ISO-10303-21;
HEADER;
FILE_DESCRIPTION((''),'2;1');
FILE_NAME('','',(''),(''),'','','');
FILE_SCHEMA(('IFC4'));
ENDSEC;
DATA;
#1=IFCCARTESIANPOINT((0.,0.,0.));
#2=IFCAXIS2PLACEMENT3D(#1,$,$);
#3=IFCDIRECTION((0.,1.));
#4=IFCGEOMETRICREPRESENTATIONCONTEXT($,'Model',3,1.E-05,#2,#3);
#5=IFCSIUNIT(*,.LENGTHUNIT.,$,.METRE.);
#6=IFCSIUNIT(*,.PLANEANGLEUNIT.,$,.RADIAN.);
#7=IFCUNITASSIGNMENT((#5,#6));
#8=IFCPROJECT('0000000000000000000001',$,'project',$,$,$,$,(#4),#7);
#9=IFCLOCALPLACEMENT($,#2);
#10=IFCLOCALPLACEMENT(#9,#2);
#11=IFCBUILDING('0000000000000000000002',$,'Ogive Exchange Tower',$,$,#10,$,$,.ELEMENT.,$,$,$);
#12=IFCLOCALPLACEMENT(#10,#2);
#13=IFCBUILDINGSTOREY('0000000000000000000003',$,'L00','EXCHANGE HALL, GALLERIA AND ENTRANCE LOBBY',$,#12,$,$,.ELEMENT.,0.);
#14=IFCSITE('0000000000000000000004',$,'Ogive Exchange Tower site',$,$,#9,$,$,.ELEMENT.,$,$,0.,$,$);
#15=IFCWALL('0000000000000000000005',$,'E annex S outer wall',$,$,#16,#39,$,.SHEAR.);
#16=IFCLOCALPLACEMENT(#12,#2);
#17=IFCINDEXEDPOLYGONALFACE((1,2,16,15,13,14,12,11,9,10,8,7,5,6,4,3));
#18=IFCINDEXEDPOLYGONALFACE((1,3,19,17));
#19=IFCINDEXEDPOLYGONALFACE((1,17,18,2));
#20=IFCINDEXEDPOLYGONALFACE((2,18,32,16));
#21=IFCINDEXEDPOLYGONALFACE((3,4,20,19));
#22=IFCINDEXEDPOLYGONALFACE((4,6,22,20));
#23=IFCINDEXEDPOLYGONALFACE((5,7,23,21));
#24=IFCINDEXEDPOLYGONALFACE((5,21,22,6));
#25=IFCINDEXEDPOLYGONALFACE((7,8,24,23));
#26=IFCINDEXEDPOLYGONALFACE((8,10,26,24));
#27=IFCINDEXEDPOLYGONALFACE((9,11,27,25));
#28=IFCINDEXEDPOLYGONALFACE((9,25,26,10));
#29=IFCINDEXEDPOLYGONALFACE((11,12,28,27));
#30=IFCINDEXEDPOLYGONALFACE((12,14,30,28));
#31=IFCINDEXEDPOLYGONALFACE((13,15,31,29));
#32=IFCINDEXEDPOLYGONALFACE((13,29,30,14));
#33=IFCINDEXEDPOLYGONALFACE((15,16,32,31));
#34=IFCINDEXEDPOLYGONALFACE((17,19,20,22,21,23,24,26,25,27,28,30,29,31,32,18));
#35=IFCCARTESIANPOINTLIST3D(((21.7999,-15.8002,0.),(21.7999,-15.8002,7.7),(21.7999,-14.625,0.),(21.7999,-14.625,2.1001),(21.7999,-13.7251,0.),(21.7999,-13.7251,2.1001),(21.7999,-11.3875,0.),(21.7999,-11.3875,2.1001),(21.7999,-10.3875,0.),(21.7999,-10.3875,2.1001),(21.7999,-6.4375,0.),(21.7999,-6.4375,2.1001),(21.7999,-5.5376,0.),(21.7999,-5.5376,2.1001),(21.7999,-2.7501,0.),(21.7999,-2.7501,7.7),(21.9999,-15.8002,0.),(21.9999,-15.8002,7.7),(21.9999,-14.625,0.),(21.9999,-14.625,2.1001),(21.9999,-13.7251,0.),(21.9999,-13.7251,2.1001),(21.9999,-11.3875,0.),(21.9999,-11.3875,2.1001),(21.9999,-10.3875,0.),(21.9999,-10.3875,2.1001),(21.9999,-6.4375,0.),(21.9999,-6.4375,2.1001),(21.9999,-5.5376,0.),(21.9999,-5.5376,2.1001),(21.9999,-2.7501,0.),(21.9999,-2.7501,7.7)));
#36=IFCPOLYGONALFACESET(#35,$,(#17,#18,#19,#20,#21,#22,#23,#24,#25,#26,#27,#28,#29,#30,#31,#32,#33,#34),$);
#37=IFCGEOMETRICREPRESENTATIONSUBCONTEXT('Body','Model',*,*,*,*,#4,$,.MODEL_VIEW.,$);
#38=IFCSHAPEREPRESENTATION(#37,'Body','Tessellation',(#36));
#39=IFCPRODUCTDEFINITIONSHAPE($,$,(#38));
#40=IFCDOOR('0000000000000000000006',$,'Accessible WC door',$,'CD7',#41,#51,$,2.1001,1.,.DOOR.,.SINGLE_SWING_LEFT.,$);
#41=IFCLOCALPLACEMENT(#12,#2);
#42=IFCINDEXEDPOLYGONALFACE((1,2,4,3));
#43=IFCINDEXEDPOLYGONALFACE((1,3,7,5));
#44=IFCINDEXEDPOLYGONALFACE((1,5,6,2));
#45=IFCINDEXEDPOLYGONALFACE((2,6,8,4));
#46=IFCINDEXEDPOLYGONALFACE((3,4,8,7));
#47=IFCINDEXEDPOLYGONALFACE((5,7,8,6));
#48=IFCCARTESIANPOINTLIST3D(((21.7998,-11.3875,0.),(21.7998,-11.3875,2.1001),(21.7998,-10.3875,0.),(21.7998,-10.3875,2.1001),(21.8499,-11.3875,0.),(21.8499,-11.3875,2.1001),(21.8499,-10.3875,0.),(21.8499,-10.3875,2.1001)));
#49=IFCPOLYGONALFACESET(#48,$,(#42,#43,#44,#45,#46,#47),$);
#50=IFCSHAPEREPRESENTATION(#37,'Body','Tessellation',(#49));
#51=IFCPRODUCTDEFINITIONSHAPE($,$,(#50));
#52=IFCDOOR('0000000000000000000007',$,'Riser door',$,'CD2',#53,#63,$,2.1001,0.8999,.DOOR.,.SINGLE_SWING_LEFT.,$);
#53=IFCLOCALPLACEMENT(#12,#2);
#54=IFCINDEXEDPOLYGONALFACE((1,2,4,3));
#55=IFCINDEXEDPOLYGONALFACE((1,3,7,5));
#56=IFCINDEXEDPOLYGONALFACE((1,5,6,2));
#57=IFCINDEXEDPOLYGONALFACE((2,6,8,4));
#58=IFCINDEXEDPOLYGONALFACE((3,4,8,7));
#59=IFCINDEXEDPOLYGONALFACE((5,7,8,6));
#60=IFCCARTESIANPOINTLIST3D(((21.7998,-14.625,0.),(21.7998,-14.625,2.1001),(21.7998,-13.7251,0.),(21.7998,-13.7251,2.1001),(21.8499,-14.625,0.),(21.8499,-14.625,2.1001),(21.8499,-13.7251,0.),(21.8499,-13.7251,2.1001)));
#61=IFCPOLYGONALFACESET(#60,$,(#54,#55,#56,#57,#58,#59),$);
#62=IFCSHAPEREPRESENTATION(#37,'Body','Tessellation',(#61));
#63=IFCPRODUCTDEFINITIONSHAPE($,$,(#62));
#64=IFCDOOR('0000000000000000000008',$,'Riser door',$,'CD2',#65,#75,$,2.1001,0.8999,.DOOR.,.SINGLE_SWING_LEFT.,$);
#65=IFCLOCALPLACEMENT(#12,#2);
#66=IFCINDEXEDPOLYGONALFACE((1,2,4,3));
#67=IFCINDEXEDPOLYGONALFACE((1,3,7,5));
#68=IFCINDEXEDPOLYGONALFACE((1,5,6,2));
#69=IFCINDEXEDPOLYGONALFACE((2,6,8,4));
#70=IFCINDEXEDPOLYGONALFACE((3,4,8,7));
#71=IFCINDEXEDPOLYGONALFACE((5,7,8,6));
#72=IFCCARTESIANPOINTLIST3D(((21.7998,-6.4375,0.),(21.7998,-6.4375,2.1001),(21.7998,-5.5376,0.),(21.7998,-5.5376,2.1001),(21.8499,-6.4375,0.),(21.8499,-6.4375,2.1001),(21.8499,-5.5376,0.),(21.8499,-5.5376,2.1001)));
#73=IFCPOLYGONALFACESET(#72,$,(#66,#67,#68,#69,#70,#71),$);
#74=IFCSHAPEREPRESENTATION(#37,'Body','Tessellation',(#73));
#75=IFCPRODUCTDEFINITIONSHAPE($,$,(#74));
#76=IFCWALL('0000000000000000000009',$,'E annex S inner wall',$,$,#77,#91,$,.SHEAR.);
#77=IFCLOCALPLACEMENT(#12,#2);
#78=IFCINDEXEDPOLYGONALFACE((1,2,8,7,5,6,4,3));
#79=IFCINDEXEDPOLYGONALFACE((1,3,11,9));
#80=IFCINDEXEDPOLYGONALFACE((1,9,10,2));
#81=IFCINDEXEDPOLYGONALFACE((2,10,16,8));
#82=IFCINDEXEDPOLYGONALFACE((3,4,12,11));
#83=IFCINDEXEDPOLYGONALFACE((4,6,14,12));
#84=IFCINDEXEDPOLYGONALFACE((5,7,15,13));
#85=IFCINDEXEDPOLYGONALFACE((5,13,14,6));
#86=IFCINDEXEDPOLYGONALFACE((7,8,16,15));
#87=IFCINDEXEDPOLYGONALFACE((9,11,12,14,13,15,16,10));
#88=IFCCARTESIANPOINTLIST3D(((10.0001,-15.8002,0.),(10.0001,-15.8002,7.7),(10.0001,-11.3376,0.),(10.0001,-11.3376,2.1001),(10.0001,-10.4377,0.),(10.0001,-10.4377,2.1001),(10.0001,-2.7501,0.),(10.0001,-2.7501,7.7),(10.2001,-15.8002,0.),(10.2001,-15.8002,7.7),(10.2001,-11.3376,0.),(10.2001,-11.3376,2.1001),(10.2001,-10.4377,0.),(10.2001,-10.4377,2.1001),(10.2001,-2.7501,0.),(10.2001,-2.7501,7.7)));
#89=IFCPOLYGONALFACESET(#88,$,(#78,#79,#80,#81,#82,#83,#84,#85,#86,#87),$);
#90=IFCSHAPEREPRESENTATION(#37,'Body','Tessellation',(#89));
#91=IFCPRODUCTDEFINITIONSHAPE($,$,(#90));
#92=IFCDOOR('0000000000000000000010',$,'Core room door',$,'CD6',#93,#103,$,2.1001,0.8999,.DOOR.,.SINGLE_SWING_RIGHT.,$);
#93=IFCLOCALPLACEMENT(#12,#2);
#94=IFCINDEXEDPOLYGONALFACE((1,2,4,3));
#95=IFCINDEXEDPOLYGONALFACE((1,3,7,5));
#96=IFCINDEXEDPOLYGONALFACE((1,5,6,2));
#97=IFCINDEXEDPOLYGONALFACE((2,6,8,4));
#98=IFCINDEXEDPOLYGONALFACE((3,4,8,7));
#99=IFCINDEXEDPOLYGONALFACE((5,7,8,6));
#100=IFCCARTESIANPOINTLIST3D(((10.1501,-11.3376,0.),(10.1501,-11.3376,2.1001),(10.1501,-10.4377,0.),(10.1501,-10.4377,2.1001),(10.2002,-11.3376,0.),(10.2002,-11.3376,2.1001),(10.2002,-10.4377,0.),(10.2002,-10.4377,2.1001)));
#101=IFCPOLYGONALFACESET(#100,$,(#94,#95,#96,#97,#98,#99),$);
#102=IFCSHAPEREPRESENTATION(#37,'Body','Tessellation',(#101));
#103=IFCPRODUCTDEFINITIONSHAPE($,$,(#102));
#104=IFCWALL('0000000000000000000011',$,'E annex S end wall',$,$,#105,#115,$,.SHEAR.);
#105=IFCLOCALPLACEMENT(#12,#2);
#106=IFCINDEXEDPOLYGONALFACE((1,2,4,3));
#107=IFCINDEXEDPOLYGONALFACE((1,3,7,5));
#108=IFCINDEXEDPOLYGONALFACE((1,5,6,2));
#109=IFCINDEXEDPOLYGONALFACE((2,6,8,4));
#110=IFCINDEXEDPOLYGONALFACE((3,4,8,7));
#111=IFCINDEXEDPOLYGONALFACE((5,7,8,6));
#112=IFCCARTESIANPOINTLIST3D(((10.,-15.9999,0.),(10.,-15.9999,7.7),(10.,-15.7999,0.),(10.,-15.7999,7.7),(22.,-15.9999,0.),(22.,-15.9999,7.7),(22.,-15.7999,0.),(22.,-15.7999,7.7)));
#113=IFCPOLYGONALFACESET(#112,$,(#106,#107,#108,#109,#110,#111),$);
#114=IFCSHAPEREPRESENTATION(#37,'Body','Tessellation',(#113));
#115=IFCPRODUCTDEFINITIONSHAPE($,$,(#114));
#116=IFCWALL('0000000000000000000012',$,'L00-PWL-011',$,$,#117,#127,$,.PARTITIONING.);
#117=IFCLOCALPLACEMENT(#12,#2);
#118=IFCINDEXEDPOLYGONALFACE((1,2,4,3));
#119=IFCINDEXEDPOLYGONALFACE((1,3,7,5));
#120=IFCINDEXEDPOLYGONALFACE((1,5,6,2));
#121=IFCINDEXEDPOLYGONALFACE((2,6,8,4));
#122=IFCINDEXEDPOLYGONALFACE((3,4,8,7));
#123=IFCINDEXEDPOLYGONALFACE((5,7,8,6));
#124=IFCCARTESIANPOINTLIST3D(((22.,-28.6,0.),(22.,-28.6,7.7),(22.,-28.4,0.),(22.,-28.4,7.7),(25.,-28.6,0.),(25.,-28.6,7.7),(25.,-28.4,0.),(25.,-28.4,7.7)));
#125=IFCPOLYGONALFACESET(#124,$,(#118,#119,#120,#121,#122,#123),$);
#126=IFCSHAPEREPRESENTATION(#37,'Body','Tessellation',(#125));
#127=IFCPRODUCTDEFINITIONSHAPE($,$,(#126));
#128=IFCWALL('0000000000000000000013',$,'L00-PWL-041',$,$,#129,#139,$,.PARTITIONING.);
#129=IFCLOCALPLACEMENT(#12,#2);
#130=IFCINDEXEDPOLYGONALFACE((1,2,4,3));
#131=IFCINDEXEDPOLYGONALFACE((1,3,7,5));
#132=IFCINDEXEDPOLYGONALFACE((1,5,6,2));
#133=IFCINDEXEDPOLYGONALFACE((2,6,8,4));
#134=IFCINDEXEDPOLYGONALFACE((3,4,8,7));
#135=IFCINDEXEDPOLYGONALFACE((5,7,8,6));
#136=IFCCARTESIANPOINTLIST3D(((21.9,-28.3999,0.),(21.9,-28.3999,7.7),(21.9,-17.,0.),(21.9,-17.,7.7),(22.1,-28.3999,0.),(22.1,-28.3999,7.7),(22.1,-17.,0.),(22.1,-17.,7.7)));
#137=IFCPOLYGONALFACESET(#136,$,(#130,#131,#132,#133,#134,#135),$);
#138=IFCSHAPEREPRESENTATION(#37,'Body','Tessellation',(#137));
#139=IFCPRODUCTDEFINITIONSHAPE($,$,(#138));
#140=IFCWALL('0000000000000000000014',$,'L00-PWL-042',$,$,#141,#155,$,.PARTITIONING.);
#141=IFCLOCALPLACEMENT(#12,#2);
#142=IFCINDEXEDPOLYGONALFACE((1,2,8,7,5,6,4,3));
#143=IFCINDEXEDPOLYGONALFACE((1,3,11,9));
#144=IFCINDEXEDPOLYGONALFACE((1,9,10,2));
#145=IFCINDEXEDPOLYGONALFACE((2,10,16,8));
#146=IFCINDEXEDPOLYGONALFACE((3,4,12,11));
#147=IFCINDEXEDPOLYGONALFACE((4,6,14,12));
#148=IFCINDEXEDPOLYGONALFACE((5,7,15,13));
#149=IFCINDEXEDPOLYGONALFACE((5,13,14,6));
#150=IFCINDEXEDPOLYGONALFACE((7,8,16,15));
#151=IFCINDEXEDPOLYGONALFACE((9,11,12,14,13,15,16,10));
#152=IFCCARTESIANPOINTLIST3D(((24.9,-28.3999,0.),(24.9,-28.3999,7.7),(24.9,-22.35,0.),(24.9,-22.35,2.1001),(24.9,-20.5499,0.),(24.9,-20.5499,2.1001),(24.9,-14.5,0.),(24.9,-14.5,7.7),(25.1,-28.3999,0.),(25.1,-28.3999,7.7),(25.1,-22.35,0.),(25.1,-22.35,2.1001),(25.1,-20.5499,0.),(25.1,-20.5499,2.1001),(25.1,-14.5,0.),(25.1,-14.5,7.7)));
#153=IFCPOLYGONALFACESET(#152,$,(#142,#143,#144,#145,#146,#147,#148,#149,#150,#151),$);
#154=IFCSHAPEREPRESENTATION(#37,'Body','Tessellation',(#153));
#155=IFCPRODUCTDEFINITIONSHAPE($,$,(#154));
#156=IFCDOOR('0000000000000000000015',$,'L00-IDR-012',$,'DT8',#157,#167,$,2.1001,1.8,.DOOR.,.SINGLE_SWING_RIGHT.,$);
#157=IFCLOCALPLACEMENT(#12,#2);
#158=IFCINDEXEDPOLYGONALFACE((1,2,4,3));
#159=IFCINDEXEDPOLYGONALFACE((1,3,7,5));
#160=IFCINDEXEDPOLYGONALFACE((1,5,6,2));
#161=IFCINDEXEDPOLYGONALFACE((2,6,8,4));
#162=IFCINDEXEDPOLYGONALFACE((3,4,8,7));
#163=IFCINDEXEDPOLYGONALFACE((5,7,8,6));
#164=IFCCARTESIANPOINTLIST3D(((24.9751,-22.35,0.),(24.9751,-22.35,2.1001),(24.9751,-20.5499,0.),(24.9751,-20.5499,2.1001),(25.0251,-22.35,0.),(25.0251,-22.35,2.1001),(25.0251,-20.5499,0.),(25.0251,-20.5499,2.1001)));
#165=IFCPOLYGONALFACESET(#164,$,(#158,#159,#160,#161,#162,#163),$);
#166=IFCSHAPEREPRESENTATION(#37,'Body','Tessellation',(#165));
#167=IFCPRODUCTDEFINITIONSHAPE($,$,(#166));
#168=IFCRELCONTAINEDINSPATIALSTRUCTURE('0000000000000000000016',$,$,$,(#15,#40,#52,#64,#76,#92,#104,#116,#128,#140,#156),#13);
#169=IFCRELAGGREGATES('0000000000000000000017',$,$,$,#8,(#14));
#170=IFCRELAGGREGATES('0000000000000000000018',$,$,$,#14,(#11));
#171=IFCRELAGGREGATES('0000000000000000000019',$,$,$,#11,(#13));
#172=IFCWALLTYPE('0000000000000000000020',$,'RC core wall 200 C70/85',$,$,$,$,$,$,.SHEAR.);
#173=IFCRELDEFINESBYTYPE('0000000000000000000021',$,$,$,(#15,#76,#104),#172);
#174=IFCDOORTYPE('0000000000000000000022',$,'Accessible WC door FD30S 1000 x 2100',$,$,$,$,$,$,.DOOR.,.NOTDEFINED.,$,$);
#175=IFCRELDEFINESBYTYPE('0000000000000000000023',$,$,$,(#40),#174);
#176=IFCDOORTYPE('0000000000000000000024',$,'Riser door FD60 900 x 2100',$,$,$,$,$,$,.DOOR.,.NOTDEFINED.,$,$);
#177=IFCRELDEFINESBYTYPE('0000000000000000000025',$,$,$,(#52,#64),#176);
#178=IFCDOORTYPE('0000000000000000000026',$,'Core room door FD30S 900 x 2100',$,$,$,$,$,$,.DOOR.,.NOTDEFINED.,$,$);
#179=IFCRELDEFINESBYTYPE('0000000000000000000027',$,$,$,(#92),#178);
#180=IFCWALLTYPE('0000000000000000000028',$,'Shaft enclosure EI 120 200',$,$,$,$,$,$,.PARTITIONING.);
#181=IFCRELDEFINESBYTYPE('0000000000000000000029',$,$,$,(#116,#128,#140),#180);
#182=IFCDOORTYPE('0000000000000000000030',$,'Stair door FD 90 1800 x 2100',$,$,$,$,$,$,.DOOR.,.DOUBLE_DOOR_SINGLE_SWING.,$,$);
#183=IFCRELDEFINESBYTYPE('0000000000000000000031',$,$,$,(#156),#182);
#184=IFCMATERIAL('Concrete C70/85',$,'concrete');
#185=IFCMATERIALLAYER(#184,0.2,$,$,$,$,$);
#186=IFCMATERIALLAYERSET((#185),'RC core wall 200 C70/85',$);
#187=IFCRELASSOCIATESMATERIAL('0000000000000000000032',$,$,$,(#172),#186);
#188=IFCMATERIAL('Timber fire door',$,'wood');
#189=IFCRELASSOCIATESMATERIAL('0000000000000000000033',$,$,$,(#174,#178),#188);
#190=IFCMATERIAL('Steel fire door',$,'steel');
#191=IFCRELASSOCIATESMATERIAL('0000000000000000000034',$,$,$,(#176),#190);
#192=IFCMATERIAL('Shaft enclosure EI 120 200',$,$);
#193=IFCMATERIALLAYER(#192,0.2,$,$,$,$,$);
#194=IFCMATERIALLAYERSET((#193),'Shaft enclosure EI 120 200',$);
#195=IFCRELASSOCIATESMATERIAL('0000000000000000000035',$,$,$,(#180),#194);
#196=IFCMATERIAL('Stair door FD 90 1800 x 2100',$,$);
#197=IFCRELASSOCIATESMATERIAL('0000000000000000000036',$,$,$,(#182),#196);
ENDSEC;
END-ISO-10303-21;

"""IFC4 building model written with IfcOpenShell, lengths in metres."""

from ifc_helpers import new_model, si_unit, direction, frame, frame_2d, origin, place, context, subcontext, project, spatial, rectangle, extrude, material, layer, layer_set, type_object, element, fill, save


model = new_model("IFC4")

# Units and contexts
model_context = context("Model", 3, precision=1e-05, world=origin(), true_north=direction((0.0, 1.0)))
body_context = subcontext(model_context, "Body", "Model", "MODEL_VIEW")
ifc_project = project(units=[si_unit("LENGTHUNIT", "METRE"), si_unit("PLANEANGLEUNIT", "RADIAN")], contexts=[model_context])

# Site, building, storey
site_placement = place(None, origin())
site = spatial("IfcSite", under=ifc_project, at=site_placement, Name="Ogive Exchange Tower site", CompositionType="ELEMENT", RefElevation=0.0)
building_placement = place(site_placement, origin())
building = spatial("IfcBuilding", under=site, at=building_placement, Name="Ogive Exchange Tower", CompositionType="ELEMENT")
storey_placement = place(building_placement, origin())
storey = spatial("IfcBuildingStorey", under=building, at=storey_placement, Name="L00", Description="EXCHANGE HALL, GALLERIA AND ENTRANCE LOBBY", CompositionType="ELEMENT", Elevation=0.0)

# Shared definitions
ifc_material_1 = material(Name="Concrete C70/85", Category="concrete")

# Wall, openings, doors
ifc_layer_1 = layer(ifc_material_1, 0.2)
ifc_layer_set_1 = layer_set([ifc_layer_1], Name="RC core wall 200 C70/85")
wall_type_1 = type_object("IfcWallType", Name="RC core wall 200 C70/85", PredefinedType="SHEAR", material=ifc_layer_set_1)
wall_1_placement = place(storey_placement, frame((21.8999, -15.8, 0.0), z_axis=(0.0, 0.0, 1.0), x_axis=(0.0, 1.0, 0.0)))
wall_1 = element("IfcWall", 1, at=wall_1_placement, inside=storey, type_object=wall_type_1, Name="E annex S outer wall", PredefinedType="SHEAR", context=body_context, shape_type="SweptSolid", body=[
    extrude(rectangle(XDim=13.05, YDim=0.2, at=frame_2d((6.5249, 0.0))), origin(), (0.0, 0.0, 1.0), 7.7),
])
opening_1_placement = place(wall_1_placement, frame((1.175, 0.0, 0.0)))
opening_1 = element("IfcOpeningElement", 2, at=opening_1_placement, cuts=wall_1, PredefinedType="OPENING", context=body_context, shape_type="SweptSolid", body=[
    extrude(rectangle(XDim=0.8999, YDim=2.1001, at=frame_2d((0.45, 1.05))), frame((0.0, 0.1099, 0.0), z_axis=(0.0, -1.0, 0.0), x_axis=(1.0, 0.0, 0.0)), (0.0, 0.0, 1.0), 0.22),
])
opening_2_placement = place(wall_1_placement, frame((4.4126, 0.0, 0.0)))
opening_2 = element("IfcOpeningElement", 3, at=opening_2_placement, cuts=wall_1, PredefinedType="OPENING", context=body_context, shape_type="SweptSolid", body=[
    extrude(rectangle(XDim=1.0, YDim=2.1001, at=frame_2d((0.5, 1.05))), frame((0.0, 0.1099, 0.0), z_axis=(0.0, -1.0, 0.0), x_axis=(1.0, 0.0, 0.0)), (0.0, 0.0, 1.0), 0.22),
])
opening_3_placement = place(wall_1_placement, frame((9.3625, 0.0, 0.0)))
opening_3 = element("IfcOpeningElement", 4, at=opening_3_placement, cuts=wall_1, PredefinedType="OPENING", context=body_context, shape_type="SweptSolid", body=[
    extrude(rectangle(XDim=0.8999, YDim=2.1001, at=frame_2d((0.45, 1.05))), frame((0.0, 0.1099, 0.0), z_axis=(0.0, -1.0, 0.0), x_axis=(1.0, 0.0, 0.0)), (0.0, 0.0, 1.0), 0.22),
])
ifc_material_2 = material(Name="Timber fire door", Category="wood")
door_type_1 = type_object("IfcDoorType", Name="Accessible WC door FD30S 1000 x 2100", OperationType="NOTDEFINED", PredefinedType="DOOR", material=ifc_material_2)
door_1_placement = place(opening_2_placement, origin())
door_1 = element("IfcDoor", 5, at=door_1_placement, inside=storey, type_object=door_type_1, Name="Accessible WC door", ObjectType="CD7", OperationType="SINGLE_SWING_LEFT", OverallHeight=2.1001, OverallWidth=1.0, PredefinedType="DOOR", context=body_context, shape_type="SweptSolid", body=[
    extrude(rectangle(XDim=1.0, YDim=2.1001, at=frame_2d((0.5, 1.05))), frame((0.0, 0.1001, 0.0), z_axis=(0.0, -1.0, 0.0), x_axis=(1.0, 0.0, 0.0)), (0.0, 0.0, 1.0), 0.05),
])
fill(opening_2, door_1)
ifc_material_3 = material(Name="Steel fire door", Category="steel")
door_type_2 = type_object("IfcDoorType", Name="Riser door FD60 900 x 2100", OperationType="NOTDEFINED", PredefinedType="DOOR", material=ifc_material_3)
door_2_placement = place(opening_1_placement, origin())
door_2 = element("IfcDoor", 6, at=door_2_placement, inside=storey, type_object=door_type_2, Name="Riser door", ObjectType="CD2", OperationType="SINGLE_SWING_LEFT", OverallHeight=2.1001, OverallWidth=0.8999, PredefinedType="DOOR", context=body_context, shape_type="SweptSolid", body=[
    extrude(rectangle(XDim=0.8999, YDim=2.1001, at=frame_2d((0.45, 1.05))), frame((0.0, 0.1001, 0.0), z_axis=(0.0, -1.0, 0.0), x_axis=(1.0, 0.0, 0.0)), (0.0, 0.0, 1.0), 0.05),
])
fill(opening_1, door_2)
door_3_placement = place(opening_3_placement, origin())
door_3 = element("IfcDoor", 7, at=door_3_placement, inside=storey, type_object=door_type_2, Name="Riser door", ObjectType="CD2", OperationType="SINGLE_SWING_LEFT", OverallHeight=2.1001, OverallWidth=0.8999, PredefinedType="DOOR", context=body_context, shape_type="SweptSolid", body=[
    extrude(rectangle(XDim=0.8999, YDim=2.1001, at=frame_2d((0.45, 1.05))), frame((0.0, 0.1001, 0.0), z_axis=(0.0, -1.0, 0.0), x_axis=(1.0, 0.0, 0.0)), (0.0, 0.0, 1.0), 0.05),
])
fill(opening_3, door_3)

# Wall, opening, door
wall_2_placement = place(storey_placement, frame((10.1001, -15.8, 0.0), z_axis=(0.0, 0.0, 1.0), x_axis=(0.0, 1.0, 0.0)))
wall_2 = element("IfcWall", 8, at=wall_2_placement, inside=storey, type_object=wall_type_1, Name="E annex S inner wall", PredefinedType="SHEAR", context=body_context, shape_type="SweptSolid", body=[
    extrude(rectangle(XDim=13.05, YDim=0.2, at=frame_2d((6.5249, 0.0))), origin(), (0.0, 0.0, 1.0), 7.7),
])
opening_4_placement = place(wall_2_placement, frame((4.4624, 0.0, 0.0)))
opening_4 = element("IfcOpeningElement", 9, at=opening_4_placement, cuts=wall_2, PredefinedType="OPENING", context=body_context, shape_type="SweptSolid", body=[
    extrude(rectangle(XDim=0.8999, YDim=2.1001, at=frame_2d((0.45, 1.05))), frame((0.0, 0.1099, 0.0), z_axis=(0.0, -1.0, 0.0), x_axis=(1.0, 0.0, 0.0)), (0.0, 0.0, 1.0), 0.22),
])
door_type_3 = type_object("IfcDoorType", Name="Core room door FD30S 900 x 2100", OperationType="NOTDEFINED", PredefinedType="DOOR", material=ifc_material_2)
door_4_placement = place(opening_4_placement, frame((0.8999, -0.1499, 0.0), z_axis=(0.0, 0.0, 1.0), x_axis=(-1.0, 0.0, 0.0)))
door_4 = element("IfcDoor", 10, at=door_4_placement, inside=storey, type_object=door_type_3, Name="Core room door", ObjectType="CD6", OperationType="SINGLE_SWING_RIGHT", OverallHeight=2.1001, OverallWidth=0.8999, PredefinedType="DOOR", context=body_context, shape_type="SweptSolid", body=[
    extrude(rectangle(XDim=0.8999, YDim=2.1001, at=frame_2d((0.45, 1.05))), frame((0.0, -0.0498, 0.0), z_axis=(0.0, -1.0, 0.0), x_axis=(1.0, 0.0, 0.0)), (0.0, 0.0, 1.0), 0.05),
])
fill(opening_4, door_4)

# Walls
wall_3_placement = place(storey_placement, frame((10.0, -15.8999, 0.0), z_axis=(0.0, 0.0, 1.0), x_axis=(1.0, 0.0, 0.0)))
element("IfcWall", 11, at=wall_3_placement, inside=storey, type_object=wall_type_1, Name="E annex S end wall", PredefinedType="SHEAR", context=body_context, shape_type="SweptSolid", body=[
    extrude(rectangle(XDim=12.0, YDim=0.2, at=frame_2d((6.0, 0.0))), origin(), (0.0, 0.0, 1.0), 7.7),
])
ifc_material_4 = material(Name="Shaft enclosure EI 120 200")
ifc_layer_2 = layer(ifc_material_4, 0.2)
ifc_layer_set_2 = layer_set([ifc_layer_2], Name="Shaft enclosure EI 120 200")
wall_type_2 = type_object("IfcWallType", Name="Shaft enclosure EI 120 200", PredefinedType="PARTITIONING", material=ifc_layer_set_2)
wall_4_placement = place(storey_placement, frame((22.0, -28.5, 0.0), z_axis=(0.0, 0.0, 1.0), x_axis=(1.0, 0.0, 0.0)))
element("IfcWall", 12, at=wall_4_placement, inside=storey, type_object=wall_type_2, Name="L00-PWL-011", PredefinedType="PARTITIONING", context=body_context, shape_type="SweptSolid", body=[
    extrude(rectangle(XDim=3.0, YDim=0.2, at=frame_2d((1.5, 0.0))), origin(), (0.0, 0.0, 1.0), 7.7),
])
wall_5_placement = place(storey_placement, frame((22.0, -28.3999, 0.0), z_axis=(0.0, 0.0, 1.0), x_axis=(0.0, 1.0, 0.0)))
element("IfcWall", 13, at=wall_5_placement, inside=storey, type_object=wall_type_2, Name="L00-PWL-041", PredefinedType="PARTITIONING", context=body_context, shape_type="SweptSolid", body=[
    extrude(rectangle(XDim=11.3999, YDim=0.2, at=frame_2d((5.7, 0.0))), origin(), (0.0, 0.0, 1.0), 7.7),
])

# Wall, opening, door
wall_6_placement = place(storey_placement, frame((25.0, -28.3999, 0.0), z_axis=(0.0, 0.0, 1.0), x_axis=(0.0, 1.0, 0.0)))
wall_6 = element("IfcWall", 14, at=wall_6_placement, inside=storey, type_object=wall_type_2, Name="L00-PWL-042", PredefinedType="PARTITIONING", context=body_context, shape_type="SweptSolid", body=[
    extrude(rectangle(XDim=13.8999, YDim=0.2, at=frame_2d((6.95, 0.0))), origin(), (0.0, 0.0, 1.0), 7.7),
])
opening_5_placement = place(wall_6_placement, frame((6.05, 0.0, 0.0)))
opening_5 = element("IfcOpeningElement", 15, at=opening_5_placement, cuts=wall_6, PredefinedType="OPENING", context=body_context, shape_type="SweptSolid", body=[
    extrude(rectangle(XDim=1.8, YDim=2.1001, at=frame_2d((0.8999, 1.05))), frame((0.0, 0.1099, 0.0), z_axis=(0.0, -1.0, 0.0), x_axis=(1.0, 0.0, 0.0)), (0.0, 0.0, 1.0), 0.22),
])
ifc_material_5 = material(Name="Stair door FD 90 1800 x 2100")
door_type_4 = type_object("IfcDoorType", Name="Stair door FD 90 1800 x 2100", OperationType="DOUBLE_DOOR_SINGLE_SWING", PredefinedType="DOOR", material=ifc_material_5)
door_5_placement = place(opening_5_placement, origin())
door_5 = element("IfcDoor", 16, at=door_5_placement, inside=storey, type_object=door_type_4, Name="L00-IDR-012", ObjectType="DT8", OperationType="SINGLE_SWING_RIGHT", OverallHeight=2.1001, OverallWidth=1.8, PredefinedType="DOOR", context=body_context, shape_type="SweptSolid", body=[
    extrude(rectangle(XDim=1.8, YDim=2.1001, at=frame_2d((0.8999, 1.05))), frame((0.0, 0.0249, 0.0), z_axis=(0.0, -1.0, 0.0), x_axis=(1.0, 0.0, 0.0)), (0.0, 0.0, 1.0), 0.05),
])
fill(opening_5, door_5)

save(model, "model.ifc")
